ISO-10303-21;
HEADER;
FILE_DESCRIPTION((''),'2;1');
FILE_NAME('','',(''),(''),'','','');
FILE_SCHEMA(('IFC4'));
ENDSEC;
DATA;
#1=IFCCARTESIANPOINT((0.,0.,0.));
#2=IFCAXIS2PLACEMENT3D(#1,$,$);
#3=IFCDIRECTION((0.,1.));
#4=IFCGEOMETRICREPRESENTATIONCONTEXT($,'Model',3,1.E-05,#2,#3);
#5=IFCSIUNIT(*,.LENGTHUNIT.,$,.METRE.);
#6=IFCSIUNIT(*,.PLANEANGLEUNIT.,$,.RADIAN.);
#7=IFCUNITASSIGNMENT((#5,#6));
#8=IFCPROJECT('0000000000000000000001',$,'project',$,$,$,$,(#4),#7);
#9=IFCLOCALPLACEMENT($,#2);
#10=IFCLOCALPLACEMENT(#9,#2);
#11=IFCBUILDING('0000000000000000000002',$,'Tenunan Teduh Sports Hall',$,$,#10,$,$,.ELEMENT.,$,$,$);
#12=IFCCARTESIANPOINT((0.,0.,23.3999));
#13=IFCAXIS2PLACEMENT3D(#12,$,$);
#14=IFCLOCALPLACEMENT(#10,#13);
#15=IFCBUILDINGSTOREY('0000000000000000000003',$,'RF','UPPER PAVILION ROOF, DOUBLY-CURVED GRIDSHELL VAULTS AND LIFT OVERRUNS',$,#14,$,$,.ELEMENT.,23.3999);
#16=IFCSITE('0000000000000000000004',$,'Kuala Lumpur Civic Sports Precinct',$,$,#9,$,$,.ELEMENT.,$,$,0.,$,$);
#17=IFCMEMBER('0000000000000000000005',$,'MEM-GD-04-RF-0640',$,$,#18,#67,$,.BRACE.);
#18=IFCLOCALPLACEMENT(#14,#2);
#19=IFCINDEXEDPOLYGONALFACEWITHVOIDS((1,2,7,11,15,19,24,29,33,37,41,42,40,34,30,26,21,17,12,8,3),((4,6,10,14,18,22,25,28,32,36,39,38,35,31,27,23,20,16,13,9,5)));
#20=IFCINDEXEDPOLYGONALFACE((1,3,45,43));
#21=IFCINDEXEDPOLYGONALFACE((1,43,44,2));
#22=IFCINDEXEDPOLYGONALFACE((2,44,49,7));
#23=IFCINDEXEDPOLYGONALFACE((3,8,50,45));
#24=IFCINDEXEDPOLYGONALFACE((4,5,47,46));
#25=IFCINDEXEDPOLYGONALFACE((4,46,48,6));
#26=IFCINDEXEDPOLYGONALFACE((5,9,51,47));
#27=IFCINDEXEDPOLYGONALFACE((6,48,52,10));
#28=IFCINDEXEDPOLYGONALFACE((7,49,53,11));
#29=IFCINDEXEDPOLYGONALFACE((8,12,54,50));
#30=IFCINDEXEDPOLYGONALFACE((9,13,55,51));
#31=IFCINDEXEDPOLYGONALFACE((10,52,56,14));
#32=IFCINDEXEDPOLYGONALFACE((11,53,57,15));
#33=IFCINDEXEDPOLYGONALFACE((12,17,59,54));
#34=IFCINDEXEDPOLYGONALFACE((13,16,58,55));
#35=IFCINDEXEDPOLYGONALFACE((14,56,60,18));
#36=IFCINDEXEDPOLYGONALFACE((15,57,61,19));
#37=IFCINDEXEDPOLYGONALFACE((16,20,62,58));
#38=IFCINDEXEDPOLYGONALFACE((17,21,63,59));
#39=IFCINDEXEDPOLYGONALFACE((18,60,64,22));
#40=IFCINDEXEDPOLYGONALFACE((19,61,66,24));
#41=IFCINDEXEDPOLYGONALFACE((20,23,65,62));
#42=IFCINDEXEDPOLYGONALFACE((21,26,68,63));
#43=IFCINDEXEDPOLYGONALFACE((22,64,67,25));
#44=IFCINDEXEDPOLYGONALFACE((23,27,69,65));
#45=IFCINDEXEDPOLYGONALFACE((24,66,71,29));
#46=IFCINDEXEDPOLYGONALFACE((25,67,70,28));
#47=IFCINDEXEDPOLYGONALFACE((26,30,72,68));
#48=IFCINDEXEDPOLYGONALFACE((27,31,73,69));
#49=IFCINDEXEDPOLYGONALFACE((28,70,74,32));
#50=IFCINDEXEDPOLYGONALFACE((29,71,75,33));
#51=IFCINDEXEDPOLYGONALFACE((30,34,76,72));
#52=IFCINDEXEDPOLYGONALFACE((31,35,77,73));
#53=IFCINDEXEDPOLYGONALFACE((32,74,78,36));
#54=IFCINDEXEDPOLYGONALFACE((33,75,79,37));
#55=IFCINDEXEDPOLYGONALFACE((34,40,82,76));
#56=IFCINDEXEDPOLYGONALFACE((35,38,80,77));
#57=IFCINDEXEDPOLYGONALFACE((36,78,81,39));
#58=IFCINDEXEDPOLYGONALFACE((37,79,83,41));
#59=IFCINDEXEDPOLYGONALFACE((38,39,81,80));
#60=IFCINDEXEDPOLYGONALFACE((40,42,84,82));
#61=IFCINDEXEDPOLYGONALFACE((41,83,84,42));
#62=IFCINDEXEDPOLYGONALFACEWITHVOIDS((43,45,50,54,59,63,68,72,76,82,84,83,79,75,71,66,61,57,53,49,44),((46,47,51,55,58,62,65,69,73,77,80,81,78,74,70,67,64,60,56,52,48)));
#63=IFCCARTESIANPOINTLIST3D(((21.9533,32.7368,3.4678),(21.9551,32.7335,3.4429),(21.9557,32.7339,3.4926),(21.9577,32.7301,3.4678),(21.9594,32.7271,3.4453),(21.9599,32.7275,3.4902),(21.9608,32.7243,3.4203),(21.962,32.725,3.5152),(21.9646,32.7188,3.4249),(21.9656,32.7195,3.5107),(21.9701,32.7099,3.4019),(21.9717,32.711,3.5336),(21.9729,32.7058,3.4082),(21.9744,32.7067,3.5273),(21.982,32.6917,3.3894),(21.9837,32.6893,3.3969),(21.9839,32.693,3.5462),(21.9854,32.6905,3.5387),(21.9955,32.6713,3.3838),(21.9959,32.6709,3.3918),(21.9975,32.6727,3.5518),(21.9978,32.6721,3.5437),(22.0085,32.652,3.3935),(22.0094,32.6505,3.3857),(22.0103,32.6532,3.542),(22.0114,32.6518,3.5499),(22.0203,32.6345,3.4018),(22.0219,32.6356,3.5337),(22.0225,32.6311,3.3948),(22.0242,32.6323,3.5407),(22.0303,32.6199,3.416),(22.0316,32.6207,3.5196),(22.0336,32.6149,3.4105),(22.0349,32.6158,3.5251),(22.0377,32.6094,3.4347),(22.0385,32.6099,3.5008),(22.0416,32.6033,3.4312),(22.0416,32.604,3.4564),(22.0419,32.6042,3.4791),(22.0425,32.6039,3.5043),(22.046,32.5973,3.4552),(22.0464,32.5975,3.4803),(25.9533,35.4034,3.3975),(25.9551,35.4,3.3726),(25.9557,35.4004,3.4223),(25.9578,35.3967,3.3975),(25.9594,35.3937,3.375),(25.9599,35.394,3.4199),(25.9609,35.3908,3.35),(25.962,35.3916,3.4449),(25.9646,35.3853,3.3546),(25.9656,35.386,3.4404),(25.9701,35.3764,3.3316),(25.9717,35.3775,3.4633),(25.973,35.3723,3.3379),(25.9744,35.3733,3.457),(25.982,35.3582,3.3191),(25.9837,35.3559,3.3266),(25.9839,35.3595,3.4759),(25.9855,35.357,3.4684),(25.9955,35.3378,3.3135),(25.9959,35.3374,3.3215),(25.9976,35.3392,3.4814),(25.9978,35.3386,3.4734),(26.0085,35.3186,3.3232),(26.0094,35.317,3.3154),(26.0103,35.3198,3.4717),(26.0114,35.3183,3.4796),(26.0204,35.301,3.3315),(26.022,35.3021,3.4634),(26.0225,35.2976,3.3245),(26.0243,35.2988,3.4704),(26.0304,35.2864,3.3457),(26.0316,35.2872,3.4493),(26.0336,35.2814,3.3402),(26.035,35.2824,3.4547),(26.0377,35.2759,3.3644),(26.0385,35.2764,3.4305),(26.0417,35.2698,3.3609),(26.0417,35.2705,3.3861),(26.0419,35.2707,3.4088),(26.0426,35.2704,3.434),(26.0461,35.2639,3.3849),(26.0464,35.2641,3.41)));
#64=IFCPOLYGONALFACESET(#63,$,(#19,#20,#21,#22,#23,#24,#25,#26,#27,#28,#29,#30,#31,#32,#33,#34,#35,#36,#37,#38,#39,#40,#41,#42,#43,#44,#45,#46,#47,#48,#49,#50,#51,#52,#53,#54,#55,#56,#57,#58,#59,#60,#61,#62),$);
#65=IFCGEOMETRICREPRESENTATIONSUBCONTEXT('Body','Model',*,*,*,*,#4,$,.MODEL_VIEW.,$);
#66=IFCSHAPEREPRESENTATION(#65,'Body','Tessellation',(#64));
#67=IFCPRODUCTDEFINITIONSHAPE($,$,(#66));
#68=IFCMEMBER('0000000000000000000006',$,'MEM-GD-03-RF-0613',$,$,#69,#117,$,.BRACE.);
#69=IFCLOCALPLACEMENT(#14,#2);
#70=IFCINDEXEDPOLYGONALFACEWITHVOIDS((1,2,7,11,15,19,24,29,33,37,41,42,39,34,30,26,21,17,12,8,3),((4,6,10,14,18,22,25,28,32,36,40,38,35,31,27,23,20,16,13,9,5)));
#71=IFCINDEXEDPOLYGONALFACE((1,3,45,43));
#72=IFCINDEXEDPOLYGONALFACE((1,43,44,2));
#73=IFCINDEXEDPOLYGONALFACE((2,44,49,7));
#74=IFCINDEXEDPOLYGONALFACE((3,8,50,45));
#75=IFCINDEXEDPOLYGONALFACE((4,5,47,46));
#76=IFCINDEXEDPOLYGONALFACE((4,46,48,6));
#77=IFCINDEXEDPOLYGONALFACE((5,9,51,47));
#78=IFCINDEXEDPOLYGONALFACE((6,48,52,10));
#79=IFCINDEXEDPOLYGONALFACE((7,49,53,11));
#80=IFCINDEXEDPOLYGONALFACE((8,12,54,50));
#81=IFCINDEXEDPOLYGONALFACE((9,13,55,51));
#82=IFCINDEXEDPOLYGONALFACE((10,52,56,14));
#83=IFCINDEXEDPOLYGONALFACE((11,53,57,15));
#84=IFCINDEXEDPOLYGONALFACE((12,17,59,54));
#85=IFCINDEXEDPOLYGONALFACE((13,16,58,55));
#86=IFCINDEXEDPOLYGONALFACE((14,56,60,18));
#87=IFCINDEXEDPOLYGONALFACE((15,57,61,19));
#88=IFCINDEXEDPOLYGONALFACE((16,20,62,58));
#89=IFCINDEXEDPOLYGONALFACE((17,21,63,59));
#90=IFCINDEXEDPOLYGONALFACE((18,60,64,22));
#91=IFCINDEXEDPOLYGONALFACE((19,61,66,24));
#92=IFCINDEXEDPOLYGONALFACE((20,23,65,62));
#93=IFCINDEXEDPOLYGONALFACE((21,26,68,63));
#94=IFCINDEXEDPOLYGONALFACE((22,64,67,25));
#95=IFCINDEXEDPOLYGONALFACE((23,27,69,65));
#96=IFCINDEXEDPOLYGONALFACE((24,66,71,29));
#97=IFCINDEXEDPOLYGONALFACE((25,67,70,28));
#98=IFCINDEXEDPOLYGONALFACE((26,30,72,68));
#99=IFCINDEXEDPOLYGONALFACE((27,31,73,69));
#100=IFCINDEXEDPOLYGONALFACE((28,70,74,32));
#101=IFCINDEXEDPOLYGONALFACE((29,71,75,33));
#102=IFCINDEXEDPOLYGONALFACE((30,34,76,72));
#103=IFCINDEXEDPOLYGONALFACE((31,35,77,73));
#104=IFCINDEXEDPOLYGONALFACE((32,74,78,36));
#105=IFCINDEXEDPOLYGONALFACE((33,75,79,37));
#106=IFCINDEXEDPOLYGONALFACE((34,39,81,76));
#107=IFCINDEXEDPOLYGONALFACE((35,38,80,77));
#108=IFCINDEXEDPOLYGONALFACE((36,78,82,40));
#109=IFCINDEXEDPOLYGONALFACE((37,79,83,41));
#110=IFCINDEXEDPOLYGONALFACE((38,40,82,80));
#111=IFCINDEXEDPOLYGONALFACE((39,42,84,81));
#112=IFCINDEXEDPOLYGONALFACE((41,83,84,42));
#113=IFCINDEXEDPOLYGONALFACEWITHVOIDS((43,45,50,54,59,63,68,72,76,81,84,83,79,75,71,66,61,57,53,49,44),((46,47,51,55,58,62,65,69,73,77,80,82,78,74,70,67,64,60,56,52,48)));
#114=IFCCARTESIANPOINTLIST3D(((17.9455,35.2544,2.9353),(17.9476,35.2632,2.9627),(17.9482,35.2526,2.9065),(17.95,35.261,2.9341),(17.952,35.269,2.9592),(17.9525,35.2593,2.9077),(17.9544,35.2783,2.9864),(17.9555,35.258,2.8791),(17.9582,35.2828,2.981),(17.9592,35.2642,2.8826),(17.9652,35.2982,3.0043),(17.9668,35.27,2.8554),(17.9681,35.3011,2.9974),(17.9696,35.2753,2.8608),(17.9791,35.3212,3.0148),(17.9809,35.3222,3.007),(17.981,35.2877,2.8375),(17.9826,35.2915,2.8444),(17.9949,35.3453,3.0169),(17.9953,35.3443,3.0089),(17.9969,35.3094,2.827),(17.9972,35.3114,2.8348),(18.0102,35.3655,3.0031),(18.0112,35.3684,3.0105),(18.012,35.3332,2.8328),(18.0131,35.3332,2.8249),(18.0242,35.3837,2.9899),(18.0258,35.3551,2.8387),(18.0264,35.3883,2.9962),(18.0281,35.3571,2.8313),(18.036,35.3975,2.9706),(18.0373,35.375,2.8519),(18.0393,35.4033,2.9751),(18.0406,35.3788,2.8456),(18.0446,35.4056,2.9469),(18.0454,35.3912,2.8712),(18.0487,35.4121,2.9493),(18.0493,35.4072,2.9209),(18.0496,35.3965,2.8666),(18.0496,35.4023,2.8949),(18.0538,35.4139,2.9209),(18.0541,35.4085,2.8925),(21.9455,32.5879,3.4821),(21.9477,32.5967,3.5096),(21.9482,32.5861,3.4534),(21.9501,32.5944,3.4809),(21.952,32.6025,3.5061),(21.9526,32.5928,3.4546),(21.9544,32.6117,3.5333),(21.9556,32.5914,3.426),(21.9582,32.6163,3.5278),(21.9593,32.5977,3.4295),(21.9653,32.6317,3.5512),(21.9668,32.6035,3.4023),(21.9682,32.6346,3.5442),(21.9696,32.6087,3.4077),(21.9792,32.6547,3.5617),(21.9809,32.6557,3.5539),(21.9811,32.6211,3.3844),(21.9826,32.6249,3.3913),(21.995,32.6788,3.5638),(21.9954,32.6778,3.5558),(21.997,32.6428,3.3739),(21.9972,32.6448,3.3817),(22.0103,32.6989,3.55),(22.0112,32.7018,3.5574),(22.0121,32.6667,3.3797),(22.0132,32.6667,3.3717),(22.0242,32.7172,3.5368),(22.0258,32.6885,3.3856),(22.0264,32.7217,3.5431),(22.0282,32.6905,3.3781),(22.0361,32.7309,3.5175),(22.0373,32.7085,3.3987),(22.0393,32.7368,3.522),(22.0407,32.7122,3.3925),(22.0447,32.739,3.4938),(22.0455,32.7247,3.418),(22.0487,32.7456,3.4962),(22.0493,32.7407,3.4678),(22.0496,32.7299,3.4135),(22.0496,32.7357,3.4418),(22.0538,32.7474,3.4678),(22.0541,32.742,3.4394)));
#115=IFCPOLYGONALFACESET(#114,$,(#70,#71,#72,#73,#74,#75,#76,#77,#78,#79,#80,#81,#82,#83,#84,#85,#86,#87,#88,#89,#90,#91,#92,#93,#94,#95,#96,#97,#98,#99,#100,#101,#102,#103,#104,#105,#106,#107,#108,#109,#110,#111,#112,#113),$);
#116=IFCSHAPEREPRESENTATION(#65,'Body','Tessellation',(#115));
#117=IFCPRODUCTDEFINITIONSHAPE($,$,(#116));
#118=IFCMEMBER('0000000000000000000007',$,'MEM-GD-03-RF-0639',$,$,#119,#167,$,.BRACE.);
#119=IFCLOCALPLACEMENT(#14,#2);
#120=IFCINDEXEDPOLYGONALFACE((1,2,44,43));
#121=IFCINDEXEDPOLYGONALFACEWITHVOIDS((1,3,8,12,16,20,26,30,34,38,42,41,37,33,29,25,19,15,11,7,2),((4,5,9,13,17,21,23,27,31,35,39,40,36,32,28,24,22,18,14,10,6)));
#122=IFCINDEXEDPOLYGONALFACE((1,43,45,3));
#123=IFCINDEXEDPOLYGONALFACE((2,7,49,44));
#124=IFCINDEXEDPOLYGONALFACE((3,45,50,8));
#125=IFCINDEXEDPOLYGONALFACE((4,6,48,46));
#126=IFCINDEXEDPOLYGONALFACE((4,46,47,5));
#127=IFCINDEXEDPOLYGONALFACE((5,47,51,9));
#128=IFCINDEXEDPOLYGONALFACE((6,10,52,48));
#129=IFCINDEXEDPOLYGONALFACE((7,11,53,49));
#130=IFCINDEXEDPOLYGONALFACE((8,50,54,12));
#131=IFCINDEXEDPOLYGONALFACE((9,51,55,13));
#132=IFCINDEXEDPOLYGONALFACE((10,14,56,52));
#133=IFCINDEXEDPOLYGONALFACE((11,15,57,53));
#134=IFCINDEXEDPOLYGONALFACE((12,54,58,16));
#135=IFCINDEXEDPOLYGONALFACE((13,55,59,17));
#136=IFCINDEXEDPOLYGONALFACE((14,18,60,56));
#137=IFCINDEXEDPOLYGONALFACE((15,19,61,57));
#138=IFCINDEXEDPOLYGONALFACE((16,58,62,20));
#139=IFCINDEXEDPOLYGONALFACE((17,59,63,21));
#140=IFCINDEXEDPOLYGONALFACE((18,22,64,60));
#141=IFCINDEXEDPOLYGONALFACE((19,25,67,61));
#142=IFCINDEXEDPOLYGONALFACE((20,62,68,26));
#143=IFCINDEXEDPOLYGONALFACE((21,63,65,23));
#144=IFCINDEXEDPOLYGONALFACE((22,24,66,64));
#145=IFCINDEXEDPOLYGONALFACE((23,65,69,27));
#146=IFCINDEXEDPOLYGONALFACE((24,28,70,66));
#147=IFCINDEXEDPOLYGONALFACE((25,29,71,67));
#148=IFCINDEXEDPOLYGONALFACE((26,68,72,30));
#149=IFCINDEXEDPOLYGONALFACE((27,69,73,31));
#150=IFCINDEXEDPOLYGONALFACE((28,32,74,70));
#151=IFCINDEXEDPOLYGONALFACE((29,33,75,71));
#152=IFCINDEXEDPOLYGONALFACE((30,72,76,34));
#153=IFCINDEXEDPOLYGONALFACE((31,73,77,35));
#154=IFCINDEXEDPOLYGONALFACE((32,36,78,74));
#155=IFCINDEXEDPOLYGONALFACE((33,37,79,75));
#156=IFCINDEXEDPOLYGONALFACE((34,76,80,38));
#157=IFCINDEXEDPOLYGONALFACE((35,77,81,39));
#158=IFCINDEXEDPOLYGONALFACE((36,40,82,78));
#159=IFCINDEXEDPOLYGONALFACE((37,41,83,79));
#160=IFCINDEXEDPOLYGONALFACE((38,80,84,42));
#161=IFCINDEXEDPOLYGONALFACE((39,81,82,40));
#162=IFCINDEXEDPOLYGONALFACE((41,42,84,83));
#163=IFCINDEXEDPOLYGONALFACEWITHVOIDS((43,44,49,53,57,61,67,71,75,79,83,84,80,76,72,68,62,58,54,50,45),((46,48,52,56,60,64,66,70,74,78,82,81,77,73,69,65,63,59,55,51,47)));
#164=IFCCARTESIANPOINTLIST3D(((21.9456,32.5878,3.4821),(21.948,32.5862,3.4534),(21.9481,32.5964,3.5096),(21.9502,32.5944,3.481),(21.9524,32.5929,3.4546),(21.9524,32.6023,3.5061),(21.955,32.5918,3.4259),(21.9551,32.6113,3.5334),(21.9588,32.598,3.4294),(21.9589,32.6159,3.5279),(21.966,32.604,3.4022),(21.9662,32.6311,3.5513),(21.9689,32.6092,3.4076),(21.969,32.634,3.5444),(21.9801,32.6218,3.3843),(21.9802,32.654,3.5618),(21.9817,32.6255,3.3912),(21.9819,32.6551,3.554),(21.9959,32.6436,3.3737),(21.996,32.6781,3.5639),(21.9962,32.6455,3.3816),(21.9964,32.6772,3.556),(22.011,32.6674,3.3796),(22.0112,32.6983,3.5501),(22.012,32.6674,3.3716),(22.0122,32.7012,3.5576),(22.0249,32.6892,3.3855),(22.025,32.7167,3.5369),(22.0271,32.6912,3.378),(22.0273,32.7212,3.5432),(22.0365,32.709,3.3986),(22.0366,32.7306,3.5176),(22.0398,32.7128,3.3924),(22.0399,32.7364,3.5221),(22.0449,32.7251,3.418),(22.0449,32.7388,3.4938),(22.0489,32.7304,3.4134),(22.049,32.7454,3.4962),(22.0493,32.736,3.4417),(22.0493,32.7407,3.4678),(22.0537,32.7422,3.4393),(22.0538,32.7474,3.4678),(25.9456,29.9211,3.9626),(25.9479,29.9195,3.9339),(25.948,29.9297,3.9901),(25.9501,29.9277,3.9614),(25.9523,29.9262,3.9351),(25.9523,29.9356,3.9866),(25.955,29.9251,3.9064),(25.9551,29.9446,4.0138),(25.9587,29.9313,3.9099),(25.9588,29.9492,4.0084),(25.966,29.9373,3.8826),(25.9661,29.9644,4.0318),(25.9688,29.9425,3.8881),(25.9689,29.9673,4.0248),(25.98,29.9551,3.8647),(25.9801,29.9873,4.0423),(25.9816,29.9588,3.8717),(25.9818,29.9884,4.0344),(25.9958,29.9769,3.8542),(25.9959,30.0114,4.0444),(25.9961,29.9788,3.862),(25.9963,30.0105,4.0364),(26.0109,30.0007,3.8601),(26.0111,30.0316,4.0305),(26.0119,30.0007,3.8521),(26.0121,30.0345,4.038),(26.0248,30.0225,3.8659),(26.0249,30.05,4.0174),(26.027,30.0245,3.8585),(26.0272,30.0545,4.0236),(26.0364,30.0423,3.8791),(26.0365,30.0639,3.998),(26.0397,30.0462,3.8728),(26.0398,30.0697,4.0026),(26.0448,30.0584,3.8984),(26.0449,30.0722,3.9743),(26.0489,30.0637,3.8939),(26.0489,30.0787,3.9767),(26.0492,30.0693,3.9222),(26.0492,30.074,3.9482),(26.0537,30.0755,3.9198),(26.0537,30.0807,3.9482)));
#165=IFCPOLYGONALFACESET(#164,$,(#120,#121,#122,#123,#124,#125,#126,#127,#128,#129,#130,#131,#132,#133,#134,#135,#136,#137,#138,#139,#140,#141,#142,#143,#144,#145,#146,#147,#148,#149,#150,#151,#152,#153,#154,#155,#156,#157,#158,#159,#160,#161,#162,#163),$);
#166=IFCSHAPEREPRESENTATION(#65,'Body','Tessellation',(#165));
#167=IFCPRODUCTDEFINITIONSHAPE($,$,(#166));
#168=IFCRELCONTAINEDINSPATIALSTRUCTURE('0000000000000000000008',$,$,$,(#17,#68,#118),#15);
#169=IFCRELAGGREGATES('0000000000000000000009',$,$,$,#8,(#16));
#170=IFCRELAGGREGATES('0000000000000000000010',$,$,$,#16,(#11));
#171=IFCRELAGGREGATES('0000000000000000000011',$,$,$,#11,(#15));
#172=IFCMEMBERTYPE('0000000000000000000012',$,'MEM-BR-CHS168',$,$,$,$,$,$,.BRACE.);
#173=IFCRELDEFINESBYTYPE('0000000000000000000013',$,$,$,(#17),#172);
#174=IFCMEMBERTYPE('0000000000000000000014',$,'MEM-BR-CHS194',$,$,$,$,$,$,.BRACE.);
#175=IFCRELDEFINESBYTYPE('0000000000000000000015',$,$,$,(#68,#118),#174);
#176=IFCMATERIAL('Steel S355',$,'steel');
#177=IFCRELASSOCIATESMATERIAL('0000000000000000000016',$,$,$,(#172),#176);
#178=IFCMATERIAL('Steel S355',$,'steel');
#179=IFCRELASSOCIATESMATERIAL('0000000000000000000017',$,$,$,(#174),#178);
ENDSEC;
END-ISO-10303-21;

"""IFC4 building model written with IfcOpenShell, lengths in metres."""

from ifc_helpers import new_model, si_unit, direction, frame, origin, origin_2d, place, context, subcontext, project, spatial, hollow_circle, extrude, material, material_profile, profile_set, type_object, element, save


model = new_model("IFC4")

# Units and contexts
model_context = context("Model", 3, precision=1e-05, world=origin(), true_north=direction((0.0, 1.0)))
body_context = subcontext(model_context, "Body", "Model", "MODEL_VIEW")
ifc_project = project(units=[si_unit("LENGTHUNIT", "METRE"), si_unit("PLANEANGLEUNIT", "RADIAN")], contexts=[model_context])

# Site, building, storey
site_placement = place(None, origin())
site = spatial("IfcSite", under=ifc_project, at=site_placement, Name="Kuala Lumpur Civic Sports Precinct", CompositionType="ELEMENT", RefElevation=0.0)
building_placement = place(site_placement, origin())
building = spatial("IfcBuilding", under=site, at=building_placement, Name="Tenunan Teduh Sports Hall", CompositionType="ELEMENT")
storey_placement = place(building_placement, frame((0.0, 0.0, 23.3999)))
storey = spatial("IfcBuildingStorey", under=building, at=storey_placement, Name="RF", Description="UPPER PAVILION ROOF, DOUBLY-CURVED GRIDSHELL VAULTS AND LIFT OVERRUNS", CompositionType="ELEMENT", Elevation=23.3999)

# Members
ifc_material_1 = material(Name="Steel S355", Category="steel")
ifc_material_profile_1 = material_profile(ifc_material_1, hollow_circle(Radius=0.0842, WallThickness=0.0081, at=origin_2d()), Name="CHS 168.3x8.0")
ifc_profile_set_1 = profile_set([ifc_material_profile_1], Name="Steel S355")
member_type_1 = type_object("IfcMemberType", Name="MEM-BR-CHS168", PredefinedType="BRACE", material=ifc_profile_set_1)
member_1_placement = place(storey_placement, frame((22.0, 32.6667, 3.4678), z_axis=(0.831977, 0.554617, -0.014625), x_axis=(-0.554677, 0.832066, 0.0)))
element("IfcMember", 1, at=member_1_placement, inside=storey, type_object=member_type_1, Name="MEM-GD-04-RF-0640", PredefinedType="BRACE", context=body_context, shape_type="SweptSolid", body=[
    extrude(hollow_circle(Radius=0.0842, WallThickness=0.0081, at=origin_2d()), origin(), (0.0, 0.0, 1.0), 4.8079),
])
ifc_material_2 = material(Name="Steel S355", Category="steel")
ifc_material_profile_2 = material_profile(ifc_material_2, hollow_circle(Radius=0.0969, WallThickness=0.0081, at=origin_2d()), Name="CHS 193.7x8.0")
ifc_profile_set_2 = profile_set([ifc_material_profile_2], Name="Steel S355")
member_type_2 = type_object("IfcMemberType", Name="MEM-BR-CHS194", PredefinedType="BRACE", material=ifc_profile_set_2)
member_2_placement = place(storey_placement, frame((18.0, 35.3333, 2.9209), z_axis=(0.826734, -0.551122, 0.11303), x_axis=(0.554677, 0.832066, 0.0)))
element("IfcMember", 2, at=member_2_placement, inside=storey, type_object=member_type_2, Name="MEM-GD-03-RF-0613", PredefinedType="BRACE", context=body_context, shape_type="SweptSolid", body=[
    extrude(hollow_circle(Radius=0.0969, WallThickness=0.0081, at=origin_2d()), origin(), (0.0, 0.0, 1.0), 4.8384),
])
member_3_placement = place(storey_placement, frame((22.0, 32.6667, 3.4678), z_axis=(0.827918, -0.551962, 0.099447), x_axis=(0.554712, 0.832042, 0.0)))
element("IfcMember", 3, at=member_3_placement, inside=storey, type_object=member_type_2, Name="MEM-GD-03-RF-0639", PredefinedType="BRACE", context=body_context, shape_type="SweptSolid", body=[
    extrude(hollow_circle(Radius=0.0969, WallThickness=0.0081, at=origin_2d()), origin(), (0.0, 0.0, 1.0), 4.8313),
])

save(model, "model.ifc")
